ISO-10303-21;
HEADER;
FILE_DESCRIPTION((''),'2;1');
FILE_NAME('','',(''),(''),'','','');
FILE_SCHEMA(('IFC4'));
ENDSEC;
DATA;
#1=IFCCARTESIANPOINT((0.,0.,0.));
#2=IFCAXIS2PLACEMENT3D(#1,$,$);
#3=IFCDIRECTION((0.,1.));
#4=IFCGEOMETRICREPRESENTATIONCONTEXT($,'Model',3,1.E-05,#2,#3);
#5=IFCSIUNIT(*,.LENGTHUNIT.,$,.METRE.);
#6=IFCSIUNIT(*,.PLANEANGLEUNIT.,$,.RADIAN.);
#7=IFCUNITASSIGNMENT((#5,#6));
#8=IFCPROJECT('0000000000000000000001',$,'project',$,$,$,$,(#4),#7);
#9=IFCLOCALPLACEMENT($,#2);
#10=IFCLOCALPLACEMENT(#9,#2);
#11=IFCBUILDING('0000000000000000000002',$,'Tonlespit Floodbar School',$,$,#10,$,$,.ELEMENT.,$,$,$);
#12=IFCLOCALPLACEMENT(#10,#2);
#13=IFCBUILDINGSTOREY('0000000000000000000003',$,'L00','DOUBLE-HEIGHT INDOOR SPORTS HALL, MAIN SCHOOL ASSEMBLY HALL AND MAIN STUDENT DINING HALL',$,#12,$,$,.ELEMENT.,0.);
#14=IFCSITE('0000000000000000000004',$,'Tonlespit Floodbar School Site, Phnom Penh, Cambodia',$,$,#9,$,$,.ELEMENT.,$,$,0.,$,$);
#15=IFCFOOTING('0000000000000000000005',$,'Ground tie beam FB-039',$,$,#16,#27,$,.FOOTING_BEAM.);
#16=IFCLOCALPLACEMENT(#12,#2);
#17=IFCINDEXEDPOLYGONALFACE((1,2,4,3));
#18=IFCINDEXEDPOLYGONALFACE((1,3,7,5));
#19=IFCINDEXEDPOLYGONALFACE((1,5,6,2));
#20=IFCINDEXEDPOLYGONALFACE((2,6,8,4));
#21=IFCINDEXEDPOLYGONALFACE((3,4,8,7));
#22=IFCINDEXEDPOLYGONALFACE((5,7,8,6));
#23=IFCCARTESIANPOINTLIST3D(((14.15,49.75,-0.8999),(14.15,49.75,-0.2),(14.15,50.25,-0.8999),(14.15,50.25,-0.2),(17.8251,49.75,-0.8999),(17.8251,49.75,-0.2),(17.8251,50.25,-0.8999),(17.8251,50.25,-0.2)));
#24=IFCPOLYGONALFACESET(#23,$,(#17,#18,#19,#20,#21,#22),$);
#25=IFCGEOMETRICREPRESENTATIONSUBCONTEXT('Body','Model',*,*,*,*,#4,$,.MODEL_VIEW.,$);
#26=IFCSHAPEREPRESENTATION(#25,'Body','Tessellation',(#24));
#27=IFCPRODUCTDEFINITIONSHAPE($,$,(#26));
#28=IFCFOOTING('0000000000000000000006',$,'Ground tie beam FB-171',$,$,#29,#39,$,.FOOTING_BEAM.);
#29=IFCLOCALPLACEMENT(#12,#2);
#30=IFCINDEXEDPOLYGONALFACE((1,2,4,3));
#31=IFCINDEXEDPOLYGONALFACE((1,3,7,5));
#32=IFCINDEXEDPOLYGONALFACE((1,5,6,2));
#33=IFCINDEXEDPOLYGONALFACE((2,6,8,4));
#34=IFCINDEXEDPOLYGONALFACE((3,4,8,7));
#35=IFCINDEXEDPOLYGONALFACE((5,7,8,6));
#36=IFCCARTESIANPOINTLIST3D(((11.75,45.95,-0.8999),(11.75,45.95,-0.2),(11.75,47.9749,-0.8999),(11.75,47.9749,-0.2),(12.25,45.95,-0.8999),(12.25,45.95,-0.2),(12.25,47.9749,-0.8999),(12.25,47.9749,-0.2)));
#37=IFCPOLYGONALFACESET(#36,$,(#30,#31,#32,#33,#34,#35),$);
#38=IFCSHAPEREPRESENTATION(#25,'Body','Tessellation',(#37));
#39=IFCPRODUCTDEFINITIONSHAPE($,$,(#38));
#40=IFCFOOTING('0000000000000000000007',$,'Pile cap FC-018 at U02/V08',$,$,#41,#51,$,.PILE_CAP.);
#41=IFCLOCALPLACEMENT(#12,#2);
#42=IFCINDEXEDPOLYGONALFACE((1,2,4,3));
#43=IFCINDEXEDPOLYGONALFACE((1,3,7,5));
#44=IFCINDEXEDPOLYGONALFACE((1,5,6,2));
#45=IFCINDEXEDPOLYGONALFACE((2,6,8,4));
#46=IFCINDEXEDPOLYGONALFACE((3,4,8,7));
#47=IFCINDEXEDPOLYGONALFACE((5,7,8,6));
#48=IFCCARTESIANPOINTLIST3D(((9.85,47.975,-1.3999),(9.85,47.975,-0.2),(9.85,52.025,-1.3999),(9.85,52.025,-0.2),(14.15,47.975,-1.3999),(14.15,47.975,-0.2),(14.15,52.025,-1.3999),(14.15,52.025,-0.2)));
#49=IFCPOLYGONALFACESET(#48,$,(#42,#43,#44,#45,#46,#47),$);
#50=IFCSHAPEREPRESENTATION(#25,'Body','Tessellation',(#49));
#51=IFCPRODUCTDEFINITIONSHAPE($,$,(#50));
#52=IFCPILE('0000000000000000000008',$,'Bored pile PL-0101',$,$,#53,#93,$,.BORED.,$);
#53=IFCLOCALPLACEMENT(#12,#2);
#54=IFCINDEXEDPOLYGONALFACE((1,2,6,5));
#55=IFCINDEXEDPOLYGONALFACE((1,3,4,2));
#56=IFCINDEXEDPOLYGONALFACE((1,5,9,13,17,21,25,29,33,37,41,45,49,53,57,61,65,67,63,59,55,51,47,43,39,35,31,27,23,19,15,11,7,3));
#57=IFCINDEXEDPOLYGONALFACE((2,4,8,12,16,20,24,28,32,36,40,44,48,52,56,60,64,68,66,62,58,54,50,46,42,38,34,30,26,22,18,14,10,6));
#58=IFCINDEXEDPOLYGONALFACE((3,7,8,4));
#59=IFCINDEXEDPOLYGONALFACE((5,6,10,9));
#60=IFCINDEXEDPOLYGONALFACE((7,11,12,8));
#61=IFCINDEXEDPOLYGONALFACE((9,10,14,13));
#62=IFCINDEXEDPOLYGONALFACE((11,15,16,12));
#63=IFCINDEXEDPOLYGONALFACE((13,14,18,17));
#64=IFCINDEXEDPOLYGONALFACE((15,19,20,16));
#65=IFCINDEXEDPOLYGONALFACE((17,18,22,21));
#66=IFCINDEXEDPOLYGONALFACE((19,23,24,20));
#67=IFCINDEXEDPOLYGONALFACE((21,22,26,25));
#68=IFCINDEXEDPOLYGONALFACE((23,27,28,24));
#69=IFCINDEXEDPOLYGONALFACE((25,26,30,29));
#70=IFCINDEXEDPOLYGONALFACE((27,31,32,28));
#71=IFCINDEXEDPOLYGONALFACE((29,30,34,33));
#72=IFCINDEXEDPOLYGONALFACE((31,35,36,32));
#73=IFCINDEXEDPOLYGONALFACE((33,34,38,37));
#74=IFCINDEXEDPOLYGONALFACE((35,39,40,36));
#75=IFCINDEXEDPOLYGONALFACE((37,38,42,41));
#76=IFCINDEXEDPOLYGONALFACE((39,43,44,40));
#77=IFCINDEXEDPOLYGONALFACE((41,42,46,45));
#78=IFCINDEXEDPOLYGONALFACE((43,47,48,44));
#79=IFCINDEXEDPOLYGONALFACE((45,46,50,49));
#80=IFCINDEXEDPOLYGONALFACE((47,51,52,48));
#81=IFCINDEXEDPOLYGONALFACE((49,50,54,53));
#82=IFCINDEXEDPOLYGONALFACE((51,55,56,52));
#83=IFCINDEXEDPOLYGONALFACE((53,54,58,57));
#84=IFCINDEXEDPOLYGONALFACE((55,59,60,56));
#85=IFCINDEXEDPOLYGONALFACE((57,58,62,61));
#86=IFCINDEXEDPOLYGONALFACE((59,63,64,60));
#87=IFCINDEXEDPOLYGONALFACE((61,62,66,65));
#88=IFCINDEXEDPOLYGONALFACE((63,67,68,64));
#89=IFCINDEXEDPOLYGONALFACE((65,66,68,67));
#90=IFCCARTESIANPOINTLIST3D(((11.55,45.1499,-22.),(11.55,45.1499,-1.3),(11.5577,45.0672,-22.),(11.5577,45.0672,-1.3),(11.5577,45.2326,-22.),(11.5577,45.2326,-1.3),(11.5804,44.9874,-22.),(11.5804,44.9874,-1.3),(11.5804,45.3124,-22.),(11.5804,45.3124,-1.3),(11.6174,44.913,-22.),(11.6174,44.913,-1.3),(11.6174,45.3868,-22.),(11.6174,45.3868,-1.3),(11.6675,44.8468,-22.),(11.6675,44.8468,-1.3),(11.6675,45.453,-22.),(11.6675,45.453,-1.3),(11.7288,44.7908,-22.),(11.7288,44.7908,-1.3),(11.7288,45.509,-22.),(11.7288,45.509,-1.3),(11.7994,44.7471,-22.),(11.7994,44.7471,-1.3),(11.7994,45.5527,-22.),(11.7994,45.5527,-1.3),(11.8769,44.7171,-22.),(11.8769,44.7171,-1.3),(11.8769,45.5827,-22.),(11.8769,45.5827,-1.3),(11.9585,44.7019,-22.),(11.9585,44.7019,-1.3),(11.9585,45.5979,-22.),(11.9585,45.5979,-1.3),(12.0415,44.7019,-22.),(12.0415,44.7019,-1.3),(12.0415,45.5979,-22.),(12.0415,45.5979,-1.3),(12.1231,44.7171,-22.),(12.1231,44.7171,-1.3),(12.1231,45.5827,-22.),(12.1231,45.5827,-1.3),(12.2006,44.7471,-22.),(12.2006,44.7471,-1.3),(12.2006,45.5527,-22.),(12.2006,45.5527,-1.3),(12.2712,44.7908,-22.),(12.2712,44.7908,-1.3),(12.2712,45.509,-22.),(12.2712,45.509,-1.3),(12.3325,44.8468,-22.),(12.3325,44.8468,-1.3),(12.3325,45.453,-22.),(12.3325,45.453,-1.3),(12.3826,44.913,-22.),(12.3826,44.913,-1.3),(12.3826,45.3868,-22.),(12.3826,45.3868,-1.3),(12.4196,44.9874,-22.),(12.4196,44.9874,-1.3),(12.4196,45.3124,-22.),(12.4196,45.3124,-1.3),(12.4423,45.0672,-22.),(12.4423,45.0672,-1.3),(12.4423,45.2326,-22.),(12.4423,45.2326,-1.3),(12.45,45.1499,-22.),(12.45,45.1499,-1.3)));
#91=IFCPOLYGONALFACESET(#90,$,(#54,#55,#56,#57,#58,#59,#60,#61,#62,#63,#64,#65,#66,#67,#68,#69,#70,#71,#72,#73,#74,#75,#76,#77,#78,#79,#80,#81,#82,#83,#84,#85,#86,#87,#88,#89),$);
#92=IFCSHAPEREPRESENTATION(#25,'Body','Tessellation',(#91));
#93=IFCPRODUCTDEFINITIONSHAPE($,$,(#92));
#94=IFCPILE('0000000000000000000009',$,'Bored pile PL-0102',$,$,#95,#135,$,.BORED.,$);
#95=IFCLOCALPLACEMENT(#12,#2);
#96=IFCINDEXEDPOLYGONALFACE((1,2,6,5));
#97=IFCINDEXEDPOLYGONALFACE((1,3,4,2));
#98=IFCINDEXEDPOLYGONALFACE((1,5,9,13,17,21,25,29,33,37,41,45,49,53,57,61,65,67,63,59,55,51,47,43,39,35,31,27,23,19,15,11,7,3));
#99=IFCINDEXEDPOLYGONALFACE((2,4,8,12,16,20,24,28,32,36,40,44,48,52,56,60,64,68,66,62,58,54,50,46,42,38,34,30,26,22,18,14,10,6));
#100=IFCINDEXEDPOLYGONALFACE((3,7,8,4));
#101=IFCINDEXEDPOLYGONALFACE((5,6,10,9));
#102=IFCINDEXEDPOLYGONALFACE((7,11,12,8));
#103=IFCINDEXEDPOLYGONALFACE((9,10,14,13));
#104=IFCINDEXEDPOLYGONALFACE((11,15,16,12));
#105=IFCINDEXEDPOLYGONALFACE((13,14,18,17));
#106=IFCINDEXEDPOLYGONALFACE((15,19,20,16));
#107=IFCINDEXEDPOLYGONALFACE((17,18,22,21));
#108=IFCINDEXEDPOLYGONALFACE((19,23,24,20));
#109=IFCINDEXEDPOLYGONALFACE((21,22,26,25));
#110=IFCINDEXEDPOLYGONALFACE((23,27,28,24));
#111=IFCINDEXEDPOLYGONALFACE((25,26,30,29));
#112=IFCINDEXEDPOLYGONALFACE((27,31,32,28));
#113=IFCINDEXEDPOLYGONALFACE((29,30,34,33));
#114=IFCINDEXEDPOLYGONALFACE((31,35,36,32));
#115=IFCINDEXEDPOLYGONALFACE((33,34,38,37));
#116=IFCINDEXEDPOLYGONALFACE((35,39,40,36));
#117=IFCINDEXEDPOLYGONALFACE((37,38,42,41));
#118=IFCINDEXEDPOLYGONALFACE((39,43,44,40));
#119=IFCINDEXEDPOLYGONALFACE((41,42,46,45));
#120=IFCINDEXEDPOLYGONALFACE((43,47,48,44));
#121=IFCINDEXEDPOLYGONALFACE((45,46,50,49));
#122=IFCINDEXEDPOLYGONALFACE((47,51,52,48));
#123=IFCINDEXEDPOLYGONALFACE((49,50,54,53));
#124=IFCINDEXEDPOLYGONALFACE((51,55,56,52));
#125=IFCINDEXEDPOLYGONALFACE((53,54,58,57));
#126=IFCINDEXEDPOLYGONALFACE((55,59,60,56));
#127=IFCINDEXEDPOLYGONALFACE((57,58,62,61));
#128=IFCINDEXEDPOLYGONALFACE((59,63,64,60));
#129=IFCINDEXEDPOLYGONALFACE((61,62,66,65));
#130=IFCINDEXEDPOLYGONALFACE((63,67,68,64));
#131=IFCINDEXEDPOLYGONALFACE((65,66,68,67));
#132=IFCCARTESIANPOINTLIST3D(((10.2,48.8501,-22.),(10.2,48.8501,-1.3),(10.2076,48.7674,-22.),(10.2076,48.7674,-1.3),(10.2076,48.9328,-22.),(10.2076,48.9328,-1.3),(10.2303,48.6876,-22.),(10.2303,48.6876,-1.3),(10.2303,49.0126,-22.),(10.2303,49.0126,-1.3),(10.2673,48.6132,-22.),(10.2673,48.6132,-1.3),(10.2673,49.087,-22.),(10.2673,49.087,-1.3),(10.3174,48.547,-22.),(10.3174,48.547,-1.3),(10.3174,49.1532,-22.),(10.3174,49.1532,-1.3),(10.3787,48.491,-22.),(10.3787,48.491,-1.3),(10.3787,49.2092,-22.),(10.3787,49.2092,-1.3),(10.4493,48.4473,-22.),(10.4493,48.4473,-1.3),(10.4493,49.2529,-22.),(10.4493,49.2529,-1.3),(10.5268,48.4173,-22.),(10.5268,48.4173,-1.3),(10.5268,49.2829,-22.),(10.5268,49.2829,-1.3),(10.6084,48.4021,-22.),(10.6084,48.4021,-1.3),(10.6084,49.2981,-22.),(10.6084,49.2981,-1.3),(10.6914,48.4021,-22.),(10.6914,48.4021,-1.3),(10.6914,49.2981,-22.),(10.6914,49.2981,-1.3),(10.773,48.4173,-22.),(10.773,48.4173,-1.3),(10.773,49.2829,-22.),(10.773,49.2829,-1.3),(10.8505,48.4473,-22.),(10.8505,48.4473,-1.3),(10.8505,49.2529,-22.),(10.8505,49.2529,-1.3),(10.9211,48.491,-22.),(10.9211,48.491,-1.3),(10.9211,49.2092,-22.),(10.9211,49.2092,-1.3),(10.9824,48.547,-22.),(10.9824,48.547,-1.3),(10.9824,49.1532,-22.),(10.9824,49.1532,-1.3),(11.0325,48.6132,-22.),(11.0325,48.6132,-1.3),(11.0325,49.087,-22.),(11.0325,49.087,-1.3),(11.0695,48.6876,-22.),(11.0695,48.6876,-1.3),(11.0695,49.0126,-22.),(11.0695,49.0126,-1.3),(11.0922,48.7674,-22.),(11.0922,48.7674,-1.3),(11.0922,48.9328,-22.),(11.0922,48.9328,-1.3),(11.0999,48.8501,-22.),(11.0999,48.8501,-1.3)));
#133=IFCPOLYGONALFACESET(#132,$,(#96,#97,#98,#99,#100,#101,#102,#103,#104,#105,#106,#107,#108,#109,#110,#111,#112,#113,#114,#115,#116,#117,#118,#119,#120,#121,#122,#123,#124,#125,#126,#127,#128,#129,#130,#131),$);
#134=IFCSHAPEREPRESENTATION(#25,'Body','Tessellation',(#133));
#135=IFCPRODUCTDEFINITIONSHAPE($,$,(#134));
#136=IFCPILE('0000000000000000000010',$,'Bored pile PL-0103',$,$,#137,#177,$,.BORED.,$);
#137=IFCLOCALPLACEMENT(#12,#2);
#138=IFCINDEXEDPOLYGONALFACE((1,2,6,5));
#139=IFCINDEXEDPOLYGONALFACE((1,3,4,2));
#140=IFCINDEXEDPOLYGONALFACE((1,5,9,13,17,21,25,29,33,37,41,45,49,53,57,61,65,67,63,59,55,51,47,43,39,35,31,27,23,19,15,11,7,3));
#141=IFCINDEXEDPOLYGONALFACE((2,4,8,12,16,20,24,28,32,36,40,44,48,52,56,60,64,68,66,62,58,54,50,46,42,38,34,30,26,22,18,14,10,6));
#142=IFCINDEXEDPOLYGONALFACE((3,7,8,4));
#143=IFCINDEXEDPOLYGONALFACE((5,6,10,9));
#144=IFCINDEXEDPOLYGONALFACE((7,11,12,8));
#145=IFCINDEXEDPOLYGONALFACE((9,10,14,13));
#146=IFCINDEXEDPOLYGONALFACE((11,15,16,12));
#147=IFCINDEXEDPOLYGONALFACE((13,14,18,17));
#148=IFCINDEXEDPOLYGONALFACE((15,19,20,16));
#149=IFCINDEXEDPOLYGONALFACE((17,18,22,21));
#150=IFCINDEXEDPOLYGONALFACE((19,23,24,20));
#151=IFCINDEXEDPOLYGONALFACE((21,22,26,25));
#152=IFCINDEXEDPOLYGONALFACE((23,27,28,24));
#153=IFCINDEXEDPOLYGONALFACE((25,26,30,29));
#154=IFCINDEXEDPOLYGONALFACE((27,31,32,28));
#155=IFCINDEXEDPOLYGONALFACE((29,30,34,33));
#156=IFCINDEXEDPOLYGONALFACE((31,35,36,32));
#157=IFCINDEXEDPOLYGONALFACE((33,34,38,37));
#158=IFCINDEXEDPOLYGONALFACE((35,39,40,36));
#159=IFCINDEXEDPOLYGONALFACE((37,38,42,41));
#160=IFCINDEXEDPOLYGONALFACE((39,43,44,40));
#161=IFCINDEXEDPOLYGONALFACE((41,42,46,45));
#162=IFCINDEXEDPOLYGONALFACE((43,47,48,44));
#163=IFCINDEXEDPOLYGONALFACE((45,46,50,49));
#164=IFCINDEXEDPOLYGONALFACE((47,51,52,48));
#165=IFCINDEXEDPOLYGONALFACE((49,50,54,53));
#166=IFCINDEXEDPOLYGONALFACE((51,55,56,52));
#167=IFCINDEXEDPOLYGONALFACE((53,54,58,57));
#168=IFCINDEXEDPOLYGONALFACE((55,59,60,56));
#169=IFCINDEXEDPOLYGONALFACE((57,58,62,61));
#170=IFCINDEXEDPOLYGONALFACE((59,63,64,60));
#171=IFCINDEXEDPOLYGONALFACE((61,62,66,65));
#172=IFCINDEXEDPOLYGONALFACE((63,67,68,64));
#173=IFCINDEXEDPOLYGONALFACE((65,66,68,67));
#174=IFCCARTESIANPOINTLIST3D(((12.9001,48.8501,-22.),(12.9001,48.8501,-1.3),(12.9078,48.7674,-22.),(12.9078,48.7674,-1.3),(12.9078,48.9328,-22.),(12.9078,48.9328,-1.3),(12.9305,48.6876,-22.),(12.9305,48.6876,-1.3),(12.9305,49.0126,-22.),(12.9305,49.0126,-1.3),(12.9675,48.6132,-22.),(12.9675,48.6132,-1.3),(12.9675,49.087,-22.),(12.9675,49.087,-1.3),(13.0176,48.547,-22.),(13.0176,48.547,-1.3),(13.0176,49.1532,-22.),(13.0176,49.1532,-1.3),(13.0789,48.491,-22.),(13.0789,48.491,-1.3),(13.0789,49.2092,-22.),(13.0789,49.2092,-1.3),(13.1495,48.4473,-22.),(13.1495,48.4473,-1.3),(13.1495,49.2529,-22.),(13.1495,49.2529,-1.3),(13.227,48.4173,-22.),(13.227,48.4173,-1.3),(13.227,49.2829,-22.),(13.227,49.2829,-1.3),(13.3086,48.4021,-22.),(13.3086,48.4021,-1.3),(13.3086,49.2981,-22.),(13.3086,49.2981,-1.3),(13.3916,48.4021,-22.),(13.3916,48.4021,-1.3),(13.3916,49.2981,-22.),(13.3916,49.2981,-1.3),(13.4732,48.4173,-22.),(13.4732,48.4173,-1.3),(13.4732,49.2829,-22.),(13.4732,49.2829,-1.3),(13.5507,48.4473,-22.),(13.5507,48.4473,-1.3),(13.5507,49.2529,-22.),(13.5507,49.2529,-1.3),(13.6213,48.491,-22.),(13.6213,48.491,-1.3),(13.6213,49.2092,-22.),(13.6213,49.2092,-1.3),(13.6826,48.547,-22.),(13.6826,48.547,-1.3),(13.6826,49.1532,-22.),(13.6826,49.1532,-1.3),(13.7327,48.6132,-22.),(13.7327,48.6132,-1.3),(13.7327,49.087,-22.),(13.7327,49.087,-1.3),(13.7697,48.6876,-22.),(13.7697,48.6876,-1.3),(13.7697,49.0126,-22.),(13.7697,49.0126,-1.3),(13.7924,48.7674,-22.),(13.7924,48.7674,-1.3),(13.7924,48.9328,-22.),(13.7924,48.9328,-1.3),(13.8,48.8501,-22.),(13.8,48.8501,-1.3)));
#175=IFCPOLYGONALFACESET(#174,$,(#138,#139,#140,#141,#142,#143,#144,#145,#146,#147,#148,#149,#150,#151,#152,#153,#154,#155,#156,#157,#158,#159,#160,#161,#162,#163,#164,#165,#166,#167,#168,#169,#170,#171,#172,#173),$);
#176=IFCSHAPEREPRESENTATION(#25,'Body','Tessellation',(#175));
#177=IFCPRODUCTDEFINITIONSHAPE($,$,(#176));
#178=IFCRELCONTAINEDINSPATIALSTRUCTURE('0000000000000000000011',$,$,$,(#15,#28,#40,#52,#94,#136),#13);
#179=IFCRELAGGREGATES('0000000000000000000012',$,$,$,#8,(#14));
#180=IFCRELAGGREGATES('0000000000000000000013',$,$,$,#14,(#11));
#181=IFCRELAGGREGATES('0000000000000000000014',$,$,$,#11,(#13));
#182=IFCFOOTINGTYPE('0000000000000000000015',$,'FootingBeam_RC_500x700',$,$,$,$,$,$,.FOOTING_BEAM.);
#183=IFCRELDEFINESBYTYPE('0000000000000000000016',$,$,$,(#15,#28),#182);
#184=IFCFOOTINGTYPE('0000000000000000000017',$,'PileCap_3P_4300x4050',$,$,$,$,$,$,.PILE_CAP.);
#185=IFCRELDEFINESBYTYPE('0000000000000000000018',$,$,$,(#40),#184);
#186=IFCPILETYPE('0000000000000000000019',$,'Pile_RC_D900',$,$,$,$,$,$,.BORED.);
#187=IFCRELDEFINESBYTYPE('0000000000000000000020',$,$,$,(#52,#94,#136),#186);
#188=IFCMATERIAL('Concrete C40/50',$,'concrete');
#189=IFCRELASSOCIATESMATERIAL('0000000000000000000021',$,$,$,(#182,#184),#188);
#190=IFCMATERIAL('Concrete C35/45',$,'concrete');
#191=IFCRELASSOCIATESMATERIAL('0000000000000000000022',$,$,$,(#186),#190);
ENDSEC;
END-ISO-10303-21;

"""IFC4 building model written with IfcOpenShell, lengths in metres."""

from ifc_helpers import new_model, si_unit, direction, frame, origin, origin_2d, place, context, subcontext, project, spatial, rectangle, circle, extrude, material, material_profile, profile_set, type_object, element, save


model = new_model("IFC4")

# Units and contexts
model_context = context("Model", 3, precision=1e-05, world=origin(), true_north=direction((0.0, 1.0)))
body_context = subcontext(model_context, "Body", "Model", "MODEL_VIEW")
ifc_project = project(units=[si_unit("LENGTHUNIT", "METRE"), si_unit("PLANEANGLEUNIT", "RADIAN")], contexts=[model_context])

# Site, building, storey
site_placement = place(None, origin())
site = spatial("IfcSite", under=ifc_project, at=site_placement, Name="Tonlespit Floodbar School Site, Phnom Penh, Cambodia", CompositionType="ELEMENT", RefElevation=0.0)
building_placement = place(site_placement, origin())
building = spatial("IfcBuilding", under=site, at=building_placement, Name="Tonlespit Floodbar School", CompositionType="ELEMENT")
storey_placement = place(building_placement, origin())
storey = spatial("IfcBuildingStorey", under=building, at=storey_placement, Name="L00", Description="DOUBLE-HEIGHT INDOOR SPORTS HALL, MAIN SCHOOL ASSEMBLY HALL AND MAIN STUDENT DINING HALL", CompositionType="ELEMENT", Elevation=0.0)

# Footings
ifc_material_1 = material(Name="Concrete C40/50", Category="concrete")
footing_type_1 = type_object("IfcFootingType", Name="FootingBeam_RC_500x700", PredefinedType="FOOTING_BEAM", material=ifc_material_1)
footing_1_placement = place(storey_placement, frame((15.9875, 50.0, -0.8999), z_axis=(0.0, 0.0, 1.0), x_axis=(1.0, 0.0, 0.0)))
element("IfcFooting", 1, at=footing_1_placement, inside=storey, type_object=footing_type_1, Name="Ground tie beam FB-039", PredefinedType="FOOTING_BEAM", context=body_context, shape_type="SweptSolid", body=[
    extrude(rectangle(XDim=3.675, YDim=0.5, at=origin_2d()), origin(), (0.0, 0.0, 1.0), 0.7),
])
footing_2_placement = place(storey_placement, frame((12.0, 46.9624, -0.8999), z_axis=(0.0, 0.0, 1.0), x_axis=(0.0, 1.0, 0.0)))
element("IfcFooting", 2, at=footing_2_placement, inside=storey, type_object=footing_type_1, Name="Ground tie beam FB-171", PredefinedType="FOOTING_BEAM", context=body_context, shape_type="SweptSolid", body=[
    extrude(rectangle(XDim=2.0249, YDim=0.5, at=origin_2d()), origin(), (0.0, 0.0, 1.0), 0.7),
])
footing_type_2 = type_object("IfcFootingType", Name="PileCap_3P_4300x4050", PredefinedType="PILE_CAP", material=ifc_material_1)
footing_3_placement = place(storey_placement, frame((12.0, 50.0, -1.3999), z_axis=(0.0, 0.0, 1.0), x_axis=(1.0, 0.0, 0.0)))
element("IfcFooting", 3, at=footing_3_placement, inside=storey, type_object=footing_type_2, Name="Pile cap FC-018 at U02/V08", PredefinedType="PILE_CAP", context=body_context, shape_type="SweptSolid", body=[
    extrude(rectangle(XDim=4.3, YDim=4.05, at=origin_2d()), origin(), (0.0, 0.0, 1.0), 1.2),
])

# Piles
ifc_material_2 = material(Name="Concrete C35/45", Category="concrete")
ifc_material_profile_1 = material_profile(ifc_material_2, circle(Radius=0.45, at=origin_2d()), Name="BP D900")
ifc_profile_set_1 = profile_set([ifc_material_profile_1], Name="Concrete C35/45")
pile_type = type_object("IfcPileType", Name="Pile_RC_D900", PredefinedType="BORED", material=ifc_profile_set_1)
for number, where, z_axis, x_axis, name in (
    (4, (12.0, 45.1499, -1.3), (0.0, 0.0, -1.0), (1.0, 0.0, 0.0), "Bored pile PL-0101"),
    (5, (10.6499, 48.8501, -1.3), (0.0, 0.0, -1.0), (1.0, 0.0, 0.0), "Bored pile PL-0102"),
    (6, (13.3501, 48.8501, -1.3), (0.0, 0.0, -1.0), (1.0, 0.0, 0.0), "Bored pile PL-0103"),
):
    element("IfcPile", number, at=place(storey_placement, frame(where, z_axis=z_axis, x_axis=x_axis)), inside=storey, type_object=pile_type, Name=name, PredefinedType="BORED", context=body_context, shape_type="SweptSolid", body=[
        extrude(circle(Radius=0.45, at=origin_2d()), origin(), (0.0, 0.0, 1.0), 20.7),
    ])

save(model, "model.ifc")
